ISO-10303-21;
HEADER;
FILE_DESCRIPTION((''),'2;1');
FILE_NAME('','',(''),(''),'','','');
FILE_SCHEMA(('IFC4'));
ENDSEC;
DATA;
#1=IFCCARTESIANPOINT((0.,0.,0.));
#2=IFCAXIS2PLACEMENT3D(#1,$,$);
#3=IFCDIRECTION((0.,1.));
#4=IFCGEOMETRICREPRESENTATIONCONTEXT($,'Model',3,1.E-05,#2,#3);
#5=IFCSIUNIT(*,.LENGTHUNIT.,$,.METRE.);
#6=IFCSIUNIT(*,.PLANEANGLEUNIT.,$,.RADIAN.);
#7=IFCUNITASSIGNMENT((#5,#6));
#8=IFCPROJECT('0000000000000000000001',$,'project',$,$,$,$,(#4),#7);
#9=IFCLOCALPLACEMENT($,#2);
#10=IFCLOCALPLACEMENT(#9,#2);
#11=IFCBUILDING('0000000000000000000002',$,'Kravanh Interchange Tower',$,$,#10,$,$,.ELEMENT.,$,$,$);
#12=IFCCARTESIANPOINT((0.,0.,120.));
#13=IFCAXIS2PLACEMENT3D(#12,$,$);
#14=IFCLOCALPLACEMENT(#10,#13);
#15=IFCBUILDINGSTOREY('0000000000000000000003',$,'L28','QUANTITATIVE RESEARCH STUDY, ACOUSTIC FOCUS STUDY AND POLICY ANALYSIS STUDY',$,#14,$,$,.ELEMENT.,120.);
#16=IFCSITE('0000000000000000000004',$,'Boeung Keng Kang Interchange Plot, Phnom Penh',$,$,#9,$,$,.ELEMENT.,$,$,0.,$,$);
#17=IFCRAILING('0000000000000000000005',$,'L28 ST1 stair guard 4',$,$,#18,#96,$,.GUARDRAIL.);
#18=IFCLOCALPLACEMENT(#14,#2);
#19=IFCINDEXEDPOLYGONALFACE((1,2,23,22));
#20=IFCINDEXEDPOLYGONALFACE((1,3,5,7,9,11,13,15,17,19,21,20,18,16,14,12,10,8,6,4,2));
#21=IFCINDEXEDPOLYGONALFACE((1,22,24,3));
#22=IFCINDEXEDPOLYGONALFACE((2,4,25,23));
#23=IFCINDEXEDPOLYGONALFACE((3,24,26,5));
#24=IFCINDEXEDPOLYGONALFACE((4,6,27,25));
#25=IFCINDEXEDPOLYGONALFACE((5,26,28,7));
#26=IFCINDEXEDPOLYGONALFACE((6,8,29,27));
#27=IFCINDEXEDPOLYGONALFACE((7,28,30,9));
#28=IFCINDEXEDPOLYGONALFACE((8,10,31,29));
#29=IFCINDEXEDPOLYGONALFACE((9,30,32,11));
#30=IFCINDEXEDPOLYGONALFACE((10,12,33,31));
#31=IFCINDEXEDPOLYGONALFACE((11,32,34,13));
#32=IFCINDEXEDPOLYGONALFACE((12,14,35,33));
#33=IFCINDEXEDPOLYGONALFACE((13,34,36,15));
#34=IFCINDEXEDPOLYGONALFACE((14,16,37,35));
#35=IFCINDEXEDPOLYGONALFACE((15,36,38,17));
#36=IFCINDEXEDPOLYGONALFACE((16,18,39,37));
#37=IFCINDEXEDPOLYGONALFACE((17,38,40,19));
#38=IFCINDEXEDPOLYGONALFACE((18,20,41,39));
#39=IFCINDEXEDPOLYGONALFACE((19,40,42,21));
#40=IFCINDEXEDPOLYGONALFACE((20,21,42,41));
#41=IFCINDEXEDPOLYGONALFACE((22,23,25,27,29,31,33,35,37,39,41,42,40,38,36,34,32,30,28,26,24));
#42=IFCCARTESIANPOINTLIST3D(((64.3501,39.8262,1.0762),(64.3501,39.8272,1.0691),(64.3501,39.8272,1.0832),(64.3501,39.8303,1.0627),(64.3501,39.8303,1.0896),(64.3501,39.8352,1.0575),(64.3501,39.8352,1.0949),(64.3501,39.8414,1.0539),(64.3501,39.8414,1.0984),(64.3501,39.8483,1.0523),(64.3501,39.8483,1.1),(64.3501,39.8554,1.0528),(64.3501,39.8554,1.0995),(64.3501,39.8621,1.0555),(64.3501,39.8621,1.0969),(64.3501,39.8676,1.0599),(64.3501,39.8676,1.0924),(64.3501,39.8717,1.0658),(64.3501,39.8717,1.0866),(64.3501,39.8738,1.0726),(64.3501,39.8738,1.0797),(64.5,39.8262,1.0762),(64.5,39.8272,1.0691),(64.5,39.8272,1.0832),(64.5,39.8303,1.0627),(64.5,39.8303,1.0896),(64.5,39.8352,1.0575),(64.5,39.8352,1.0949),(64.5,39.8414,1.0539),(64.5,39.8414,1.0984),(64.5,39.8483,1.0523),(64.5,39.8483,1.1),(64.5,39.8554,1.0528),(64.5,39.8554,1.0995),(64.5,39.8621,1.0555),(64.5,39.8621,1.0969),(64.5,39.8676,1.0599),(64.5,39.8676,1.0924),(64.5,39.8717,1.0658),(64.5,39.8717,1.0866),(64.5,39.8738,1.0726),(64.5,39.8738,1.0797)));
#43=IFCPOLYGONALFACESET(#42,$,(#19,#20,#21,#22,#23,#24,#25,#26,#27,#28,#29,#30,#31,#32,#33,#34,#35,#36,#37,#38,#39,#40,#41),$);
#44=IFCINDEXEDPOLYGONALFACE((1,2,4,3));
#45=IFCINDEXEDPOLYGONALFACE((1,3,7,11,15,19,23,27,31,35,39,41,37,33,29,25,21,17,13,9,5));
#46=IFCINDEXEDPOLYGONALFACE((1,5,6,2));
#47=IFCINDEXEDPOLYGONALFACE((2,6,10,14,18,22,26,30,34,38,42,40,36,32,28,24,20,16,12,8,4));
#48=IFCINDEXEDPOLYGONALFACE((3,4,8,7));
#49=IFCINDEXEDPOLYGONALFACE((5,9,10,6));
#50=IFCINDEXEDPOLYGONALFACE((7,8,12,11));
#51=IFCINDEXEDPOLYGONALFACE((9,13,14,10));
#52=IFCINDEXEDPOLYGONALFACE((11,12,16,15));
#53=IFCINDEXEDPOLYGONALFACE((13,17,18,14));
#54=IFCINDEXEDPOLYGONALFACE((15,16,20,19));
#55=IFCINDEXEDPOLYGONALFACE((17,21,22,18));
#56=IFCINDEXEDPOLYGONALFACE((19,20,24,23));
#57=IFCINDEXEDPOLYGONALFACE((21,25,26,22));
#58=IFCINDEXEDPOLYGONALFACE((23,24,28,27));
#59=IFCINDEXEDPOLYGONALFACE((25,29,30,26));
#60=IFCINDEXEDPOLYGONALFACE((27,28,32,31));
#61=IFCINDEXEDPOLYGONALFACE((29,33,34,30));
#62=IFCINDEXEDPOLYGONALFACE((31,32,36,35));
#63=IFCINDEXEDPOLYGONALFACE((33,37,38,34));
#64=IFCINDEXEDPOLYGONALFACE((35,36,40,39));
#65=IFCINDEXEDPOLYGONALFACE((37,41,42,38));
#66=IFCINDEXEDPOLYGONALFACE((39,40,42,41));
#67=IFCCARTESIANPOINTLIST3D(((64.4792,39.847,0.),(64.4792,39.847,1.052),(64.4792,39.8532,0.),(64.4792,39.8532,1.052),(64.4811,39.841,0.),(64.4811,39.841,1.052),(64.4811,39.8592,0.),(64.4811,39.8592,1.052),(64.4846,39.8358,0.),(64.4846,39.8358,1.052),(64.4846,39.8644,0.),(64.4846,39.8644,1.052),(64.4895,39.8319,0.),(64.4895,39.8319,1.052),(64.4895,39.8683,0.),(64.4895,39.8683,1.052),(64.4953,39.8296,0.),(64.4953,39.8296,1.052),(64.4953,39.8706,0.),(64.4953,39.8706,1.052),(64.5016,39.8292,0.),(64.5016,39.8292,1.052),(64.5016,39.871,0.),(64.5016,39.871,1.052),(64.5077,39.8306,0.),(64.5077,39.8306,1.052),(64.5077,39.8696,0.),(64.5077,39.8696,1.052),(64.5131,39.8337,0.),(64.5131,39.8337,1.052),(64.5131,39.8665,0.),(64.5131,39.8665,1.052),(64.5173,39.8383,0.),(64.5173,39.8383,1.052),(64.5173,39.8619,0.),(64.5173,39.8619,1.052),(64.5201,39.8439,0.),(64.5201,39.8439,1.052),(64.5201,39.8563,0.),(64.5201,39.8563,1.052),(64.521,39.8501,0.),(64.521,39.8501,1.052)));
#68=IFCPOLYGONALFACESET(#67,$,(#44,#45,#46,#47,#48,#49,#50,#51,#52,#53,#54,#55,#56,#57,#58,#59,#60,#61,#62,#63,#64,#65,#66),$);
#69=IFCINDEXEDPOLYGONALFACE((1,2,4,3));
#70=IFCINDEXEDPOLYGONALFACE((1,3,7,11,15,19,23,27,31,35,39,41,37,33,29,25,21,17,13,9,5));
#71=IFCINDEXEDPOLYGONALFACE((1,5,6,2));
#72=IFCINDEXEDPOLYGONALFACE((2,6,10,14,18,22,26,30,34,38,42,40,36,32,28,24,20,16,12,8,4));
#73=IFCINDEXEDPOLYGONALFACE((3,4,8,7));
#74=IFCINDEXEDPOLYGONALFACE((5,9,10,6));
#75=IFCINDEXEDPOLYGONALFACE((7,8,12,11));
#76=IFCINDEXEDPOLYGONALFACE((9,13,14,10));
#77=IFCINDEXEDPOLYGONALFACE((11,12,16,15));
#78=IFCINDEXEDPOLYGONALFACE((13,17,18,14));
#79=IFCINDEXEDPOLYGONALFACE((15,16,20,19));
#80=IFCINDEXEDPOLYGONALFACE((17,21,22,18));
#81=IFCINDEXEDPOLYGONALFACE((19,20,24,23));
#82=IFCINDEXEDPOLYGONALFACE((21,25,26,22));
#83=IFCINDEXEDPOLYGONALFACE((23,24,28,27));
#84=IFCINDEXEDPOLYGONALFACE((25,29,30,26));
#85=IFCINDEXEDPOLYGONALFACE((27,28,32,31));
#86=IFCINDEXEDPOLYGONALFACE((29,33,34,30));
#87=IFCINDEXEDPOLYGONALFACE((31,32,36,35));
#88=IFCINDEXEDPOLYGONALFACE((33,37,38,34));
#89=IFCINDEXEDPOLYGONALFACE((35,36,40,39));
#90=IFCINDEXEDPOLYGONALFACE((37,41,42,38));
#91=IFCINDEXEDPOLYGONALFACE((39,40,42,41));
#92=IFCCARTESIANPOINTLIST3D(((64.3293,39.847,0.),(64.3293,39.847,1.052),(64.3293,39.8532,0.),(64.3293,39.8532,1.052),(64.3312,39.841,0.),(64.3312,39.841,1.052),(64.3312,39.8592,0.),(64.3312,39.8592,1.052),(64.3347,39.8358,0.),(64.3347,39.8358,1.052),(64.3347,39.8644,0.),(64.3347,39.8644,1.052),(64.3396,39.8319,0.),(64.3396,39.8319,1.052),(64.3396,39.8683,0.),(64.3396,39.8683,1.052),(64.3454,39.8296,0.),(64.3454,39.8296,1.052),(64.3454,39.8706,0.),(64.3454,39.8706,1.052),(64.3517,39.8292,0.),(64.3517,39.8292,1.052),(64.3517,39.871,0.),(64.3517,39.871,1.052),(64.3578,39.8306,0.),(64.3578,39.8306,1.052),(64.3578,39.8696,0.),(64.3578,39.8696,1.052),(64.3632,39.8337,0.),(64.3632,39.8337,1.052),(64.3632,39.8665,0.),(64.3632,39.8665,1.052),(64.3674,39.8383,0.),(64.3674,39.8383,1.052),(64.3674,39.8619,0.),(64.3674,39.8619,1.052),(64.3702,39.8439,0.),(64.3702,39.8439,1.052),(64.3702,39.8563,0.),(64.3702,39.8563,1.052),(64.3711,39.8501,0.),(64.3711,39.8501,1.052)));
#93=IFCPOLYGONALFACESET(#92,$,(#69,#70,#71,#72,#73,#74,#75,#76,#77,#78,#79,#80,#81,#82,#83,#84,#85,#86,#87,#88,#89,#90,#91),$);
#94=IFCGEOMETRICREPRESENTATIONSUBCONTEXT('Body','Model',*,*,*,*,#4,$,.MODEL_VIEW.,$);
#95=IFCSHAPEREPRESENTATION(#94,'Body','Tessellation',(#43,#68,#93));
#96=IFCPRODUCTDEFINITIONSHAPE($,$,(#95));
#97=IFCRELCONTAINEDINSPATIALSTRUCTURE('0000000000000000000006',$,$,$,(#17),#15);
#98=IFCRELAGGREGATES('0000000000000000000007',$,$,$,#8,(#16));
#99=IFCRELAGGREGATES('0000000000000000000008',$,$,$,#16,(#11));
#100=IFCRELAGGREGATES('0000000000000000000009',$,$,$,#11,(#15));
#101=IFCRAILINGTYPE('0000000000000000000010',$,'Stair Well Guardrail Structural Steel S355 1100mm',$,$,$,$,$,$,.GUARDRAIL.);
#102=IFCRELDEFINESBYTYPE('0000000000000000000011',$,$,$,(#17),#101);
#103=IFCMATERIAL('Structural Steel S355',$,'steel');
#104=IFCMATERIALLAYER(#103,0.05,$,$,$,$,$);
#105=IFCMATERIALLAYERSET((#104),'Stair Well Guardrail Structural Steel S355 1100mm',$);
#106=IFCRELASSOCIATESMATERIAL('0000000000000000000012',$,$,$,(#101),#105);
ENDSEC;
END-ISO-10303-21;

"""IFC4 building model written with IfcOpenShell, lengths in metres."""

from ifc_helpers import new_model, si_unit, direction, frame, origin, origin_2d, place, context, subcontext, project, spatial, circle, extrude, material, layer, layer_set, type_object, element, save


model = new_model("IFC4")

# Units and contexts
model_context = context("Model", 3, precision=1e-05, world=origin(), true_north=direction((0.0, 1.0)))
body_context = subcontext(model_context, "Body", "Model", "MODEL_VIEW")
ifc_project = project(units=[si_unit("LENGTHUNIT", "METRE"), si_unit("PLANEANGLEUNIT", "RADIAN")], contexts=[model_context])

# Site, building, storey
site_placement = place(None, origin())
site = spatial("IfcSite", under=ifc_project, at=site_placement, Name="Boeung Keng Kang Interchange Plot, Phnom Penh", CompositionType="ELEMENT", RefElevation=0.0)
building_placement = place(site_placement, origin())
building = spatial("IfcBuilding", under=site, at=building_placement, Name="Kravanh Interchange Tower", CompositionType="ELEMENT")
storey_placement = place(building_placement, frame((0.0, 0.0, 120.0)))
storey = spatial("IfcBuildingStorey", under=building, at=storey_placement, Name="L28", Description="QUANTITATIVE RESEARCH STUDY, ACOUSTIC FOCUS STUDY AND POLICY ANALYSIS STUDY", CompositionType="ELEMENT", Elevation=120.0)

# Railing
ifc_material_1 = material(Name="Structural Steel S355", Category="steel")
ifc_layer_1 = layer(ifc_material_1, 0.05)
ifc_layer_set_1 = layer_set([ifc_layer_1], Name="Stair Well Guardrail Structural Steel S355 1100mm")
railing_type_1 = type_object("IfcRailingType", Name="Stair Well Guardrail Structural Steel S355 1100mm", PredefinedType="GUARDRAIL", material=ifc_layer_set_1)
railing_1_placement = place(storey_placement, frame((64.5, 39.8501, 0.0)))
element("IfcRailing", 1, at=railing_1_placement, inside=storey, type_object=railing_type_1, Name="L28 ST1 stair guard 4", PredefinedType="GUARDRAIL", context=body_context, shape_type="SweptSolid", body=[
    extrude(circle(Radius=0.0239, at=origin_2d()), frame((0.0, 0.0, 1.0762), z_axis=(-1.0, 0.0, 0.0), x_axis=(0.0, -1.0, 0.0)), (0.0, 0.0, 1.0), 0.1499),
    extrude(circle(Radius=0.021, at=origin_2d()), origin(), (0.0, 0.0, 1.0), 1.052),
    extrude(circle(Radius=0.021, at=origin_2d()), frame((-0.1499, 0.0, 0.0)), (0.0, 0.0, 1.0), 1.052),
])

save(model, "model.ifc")
